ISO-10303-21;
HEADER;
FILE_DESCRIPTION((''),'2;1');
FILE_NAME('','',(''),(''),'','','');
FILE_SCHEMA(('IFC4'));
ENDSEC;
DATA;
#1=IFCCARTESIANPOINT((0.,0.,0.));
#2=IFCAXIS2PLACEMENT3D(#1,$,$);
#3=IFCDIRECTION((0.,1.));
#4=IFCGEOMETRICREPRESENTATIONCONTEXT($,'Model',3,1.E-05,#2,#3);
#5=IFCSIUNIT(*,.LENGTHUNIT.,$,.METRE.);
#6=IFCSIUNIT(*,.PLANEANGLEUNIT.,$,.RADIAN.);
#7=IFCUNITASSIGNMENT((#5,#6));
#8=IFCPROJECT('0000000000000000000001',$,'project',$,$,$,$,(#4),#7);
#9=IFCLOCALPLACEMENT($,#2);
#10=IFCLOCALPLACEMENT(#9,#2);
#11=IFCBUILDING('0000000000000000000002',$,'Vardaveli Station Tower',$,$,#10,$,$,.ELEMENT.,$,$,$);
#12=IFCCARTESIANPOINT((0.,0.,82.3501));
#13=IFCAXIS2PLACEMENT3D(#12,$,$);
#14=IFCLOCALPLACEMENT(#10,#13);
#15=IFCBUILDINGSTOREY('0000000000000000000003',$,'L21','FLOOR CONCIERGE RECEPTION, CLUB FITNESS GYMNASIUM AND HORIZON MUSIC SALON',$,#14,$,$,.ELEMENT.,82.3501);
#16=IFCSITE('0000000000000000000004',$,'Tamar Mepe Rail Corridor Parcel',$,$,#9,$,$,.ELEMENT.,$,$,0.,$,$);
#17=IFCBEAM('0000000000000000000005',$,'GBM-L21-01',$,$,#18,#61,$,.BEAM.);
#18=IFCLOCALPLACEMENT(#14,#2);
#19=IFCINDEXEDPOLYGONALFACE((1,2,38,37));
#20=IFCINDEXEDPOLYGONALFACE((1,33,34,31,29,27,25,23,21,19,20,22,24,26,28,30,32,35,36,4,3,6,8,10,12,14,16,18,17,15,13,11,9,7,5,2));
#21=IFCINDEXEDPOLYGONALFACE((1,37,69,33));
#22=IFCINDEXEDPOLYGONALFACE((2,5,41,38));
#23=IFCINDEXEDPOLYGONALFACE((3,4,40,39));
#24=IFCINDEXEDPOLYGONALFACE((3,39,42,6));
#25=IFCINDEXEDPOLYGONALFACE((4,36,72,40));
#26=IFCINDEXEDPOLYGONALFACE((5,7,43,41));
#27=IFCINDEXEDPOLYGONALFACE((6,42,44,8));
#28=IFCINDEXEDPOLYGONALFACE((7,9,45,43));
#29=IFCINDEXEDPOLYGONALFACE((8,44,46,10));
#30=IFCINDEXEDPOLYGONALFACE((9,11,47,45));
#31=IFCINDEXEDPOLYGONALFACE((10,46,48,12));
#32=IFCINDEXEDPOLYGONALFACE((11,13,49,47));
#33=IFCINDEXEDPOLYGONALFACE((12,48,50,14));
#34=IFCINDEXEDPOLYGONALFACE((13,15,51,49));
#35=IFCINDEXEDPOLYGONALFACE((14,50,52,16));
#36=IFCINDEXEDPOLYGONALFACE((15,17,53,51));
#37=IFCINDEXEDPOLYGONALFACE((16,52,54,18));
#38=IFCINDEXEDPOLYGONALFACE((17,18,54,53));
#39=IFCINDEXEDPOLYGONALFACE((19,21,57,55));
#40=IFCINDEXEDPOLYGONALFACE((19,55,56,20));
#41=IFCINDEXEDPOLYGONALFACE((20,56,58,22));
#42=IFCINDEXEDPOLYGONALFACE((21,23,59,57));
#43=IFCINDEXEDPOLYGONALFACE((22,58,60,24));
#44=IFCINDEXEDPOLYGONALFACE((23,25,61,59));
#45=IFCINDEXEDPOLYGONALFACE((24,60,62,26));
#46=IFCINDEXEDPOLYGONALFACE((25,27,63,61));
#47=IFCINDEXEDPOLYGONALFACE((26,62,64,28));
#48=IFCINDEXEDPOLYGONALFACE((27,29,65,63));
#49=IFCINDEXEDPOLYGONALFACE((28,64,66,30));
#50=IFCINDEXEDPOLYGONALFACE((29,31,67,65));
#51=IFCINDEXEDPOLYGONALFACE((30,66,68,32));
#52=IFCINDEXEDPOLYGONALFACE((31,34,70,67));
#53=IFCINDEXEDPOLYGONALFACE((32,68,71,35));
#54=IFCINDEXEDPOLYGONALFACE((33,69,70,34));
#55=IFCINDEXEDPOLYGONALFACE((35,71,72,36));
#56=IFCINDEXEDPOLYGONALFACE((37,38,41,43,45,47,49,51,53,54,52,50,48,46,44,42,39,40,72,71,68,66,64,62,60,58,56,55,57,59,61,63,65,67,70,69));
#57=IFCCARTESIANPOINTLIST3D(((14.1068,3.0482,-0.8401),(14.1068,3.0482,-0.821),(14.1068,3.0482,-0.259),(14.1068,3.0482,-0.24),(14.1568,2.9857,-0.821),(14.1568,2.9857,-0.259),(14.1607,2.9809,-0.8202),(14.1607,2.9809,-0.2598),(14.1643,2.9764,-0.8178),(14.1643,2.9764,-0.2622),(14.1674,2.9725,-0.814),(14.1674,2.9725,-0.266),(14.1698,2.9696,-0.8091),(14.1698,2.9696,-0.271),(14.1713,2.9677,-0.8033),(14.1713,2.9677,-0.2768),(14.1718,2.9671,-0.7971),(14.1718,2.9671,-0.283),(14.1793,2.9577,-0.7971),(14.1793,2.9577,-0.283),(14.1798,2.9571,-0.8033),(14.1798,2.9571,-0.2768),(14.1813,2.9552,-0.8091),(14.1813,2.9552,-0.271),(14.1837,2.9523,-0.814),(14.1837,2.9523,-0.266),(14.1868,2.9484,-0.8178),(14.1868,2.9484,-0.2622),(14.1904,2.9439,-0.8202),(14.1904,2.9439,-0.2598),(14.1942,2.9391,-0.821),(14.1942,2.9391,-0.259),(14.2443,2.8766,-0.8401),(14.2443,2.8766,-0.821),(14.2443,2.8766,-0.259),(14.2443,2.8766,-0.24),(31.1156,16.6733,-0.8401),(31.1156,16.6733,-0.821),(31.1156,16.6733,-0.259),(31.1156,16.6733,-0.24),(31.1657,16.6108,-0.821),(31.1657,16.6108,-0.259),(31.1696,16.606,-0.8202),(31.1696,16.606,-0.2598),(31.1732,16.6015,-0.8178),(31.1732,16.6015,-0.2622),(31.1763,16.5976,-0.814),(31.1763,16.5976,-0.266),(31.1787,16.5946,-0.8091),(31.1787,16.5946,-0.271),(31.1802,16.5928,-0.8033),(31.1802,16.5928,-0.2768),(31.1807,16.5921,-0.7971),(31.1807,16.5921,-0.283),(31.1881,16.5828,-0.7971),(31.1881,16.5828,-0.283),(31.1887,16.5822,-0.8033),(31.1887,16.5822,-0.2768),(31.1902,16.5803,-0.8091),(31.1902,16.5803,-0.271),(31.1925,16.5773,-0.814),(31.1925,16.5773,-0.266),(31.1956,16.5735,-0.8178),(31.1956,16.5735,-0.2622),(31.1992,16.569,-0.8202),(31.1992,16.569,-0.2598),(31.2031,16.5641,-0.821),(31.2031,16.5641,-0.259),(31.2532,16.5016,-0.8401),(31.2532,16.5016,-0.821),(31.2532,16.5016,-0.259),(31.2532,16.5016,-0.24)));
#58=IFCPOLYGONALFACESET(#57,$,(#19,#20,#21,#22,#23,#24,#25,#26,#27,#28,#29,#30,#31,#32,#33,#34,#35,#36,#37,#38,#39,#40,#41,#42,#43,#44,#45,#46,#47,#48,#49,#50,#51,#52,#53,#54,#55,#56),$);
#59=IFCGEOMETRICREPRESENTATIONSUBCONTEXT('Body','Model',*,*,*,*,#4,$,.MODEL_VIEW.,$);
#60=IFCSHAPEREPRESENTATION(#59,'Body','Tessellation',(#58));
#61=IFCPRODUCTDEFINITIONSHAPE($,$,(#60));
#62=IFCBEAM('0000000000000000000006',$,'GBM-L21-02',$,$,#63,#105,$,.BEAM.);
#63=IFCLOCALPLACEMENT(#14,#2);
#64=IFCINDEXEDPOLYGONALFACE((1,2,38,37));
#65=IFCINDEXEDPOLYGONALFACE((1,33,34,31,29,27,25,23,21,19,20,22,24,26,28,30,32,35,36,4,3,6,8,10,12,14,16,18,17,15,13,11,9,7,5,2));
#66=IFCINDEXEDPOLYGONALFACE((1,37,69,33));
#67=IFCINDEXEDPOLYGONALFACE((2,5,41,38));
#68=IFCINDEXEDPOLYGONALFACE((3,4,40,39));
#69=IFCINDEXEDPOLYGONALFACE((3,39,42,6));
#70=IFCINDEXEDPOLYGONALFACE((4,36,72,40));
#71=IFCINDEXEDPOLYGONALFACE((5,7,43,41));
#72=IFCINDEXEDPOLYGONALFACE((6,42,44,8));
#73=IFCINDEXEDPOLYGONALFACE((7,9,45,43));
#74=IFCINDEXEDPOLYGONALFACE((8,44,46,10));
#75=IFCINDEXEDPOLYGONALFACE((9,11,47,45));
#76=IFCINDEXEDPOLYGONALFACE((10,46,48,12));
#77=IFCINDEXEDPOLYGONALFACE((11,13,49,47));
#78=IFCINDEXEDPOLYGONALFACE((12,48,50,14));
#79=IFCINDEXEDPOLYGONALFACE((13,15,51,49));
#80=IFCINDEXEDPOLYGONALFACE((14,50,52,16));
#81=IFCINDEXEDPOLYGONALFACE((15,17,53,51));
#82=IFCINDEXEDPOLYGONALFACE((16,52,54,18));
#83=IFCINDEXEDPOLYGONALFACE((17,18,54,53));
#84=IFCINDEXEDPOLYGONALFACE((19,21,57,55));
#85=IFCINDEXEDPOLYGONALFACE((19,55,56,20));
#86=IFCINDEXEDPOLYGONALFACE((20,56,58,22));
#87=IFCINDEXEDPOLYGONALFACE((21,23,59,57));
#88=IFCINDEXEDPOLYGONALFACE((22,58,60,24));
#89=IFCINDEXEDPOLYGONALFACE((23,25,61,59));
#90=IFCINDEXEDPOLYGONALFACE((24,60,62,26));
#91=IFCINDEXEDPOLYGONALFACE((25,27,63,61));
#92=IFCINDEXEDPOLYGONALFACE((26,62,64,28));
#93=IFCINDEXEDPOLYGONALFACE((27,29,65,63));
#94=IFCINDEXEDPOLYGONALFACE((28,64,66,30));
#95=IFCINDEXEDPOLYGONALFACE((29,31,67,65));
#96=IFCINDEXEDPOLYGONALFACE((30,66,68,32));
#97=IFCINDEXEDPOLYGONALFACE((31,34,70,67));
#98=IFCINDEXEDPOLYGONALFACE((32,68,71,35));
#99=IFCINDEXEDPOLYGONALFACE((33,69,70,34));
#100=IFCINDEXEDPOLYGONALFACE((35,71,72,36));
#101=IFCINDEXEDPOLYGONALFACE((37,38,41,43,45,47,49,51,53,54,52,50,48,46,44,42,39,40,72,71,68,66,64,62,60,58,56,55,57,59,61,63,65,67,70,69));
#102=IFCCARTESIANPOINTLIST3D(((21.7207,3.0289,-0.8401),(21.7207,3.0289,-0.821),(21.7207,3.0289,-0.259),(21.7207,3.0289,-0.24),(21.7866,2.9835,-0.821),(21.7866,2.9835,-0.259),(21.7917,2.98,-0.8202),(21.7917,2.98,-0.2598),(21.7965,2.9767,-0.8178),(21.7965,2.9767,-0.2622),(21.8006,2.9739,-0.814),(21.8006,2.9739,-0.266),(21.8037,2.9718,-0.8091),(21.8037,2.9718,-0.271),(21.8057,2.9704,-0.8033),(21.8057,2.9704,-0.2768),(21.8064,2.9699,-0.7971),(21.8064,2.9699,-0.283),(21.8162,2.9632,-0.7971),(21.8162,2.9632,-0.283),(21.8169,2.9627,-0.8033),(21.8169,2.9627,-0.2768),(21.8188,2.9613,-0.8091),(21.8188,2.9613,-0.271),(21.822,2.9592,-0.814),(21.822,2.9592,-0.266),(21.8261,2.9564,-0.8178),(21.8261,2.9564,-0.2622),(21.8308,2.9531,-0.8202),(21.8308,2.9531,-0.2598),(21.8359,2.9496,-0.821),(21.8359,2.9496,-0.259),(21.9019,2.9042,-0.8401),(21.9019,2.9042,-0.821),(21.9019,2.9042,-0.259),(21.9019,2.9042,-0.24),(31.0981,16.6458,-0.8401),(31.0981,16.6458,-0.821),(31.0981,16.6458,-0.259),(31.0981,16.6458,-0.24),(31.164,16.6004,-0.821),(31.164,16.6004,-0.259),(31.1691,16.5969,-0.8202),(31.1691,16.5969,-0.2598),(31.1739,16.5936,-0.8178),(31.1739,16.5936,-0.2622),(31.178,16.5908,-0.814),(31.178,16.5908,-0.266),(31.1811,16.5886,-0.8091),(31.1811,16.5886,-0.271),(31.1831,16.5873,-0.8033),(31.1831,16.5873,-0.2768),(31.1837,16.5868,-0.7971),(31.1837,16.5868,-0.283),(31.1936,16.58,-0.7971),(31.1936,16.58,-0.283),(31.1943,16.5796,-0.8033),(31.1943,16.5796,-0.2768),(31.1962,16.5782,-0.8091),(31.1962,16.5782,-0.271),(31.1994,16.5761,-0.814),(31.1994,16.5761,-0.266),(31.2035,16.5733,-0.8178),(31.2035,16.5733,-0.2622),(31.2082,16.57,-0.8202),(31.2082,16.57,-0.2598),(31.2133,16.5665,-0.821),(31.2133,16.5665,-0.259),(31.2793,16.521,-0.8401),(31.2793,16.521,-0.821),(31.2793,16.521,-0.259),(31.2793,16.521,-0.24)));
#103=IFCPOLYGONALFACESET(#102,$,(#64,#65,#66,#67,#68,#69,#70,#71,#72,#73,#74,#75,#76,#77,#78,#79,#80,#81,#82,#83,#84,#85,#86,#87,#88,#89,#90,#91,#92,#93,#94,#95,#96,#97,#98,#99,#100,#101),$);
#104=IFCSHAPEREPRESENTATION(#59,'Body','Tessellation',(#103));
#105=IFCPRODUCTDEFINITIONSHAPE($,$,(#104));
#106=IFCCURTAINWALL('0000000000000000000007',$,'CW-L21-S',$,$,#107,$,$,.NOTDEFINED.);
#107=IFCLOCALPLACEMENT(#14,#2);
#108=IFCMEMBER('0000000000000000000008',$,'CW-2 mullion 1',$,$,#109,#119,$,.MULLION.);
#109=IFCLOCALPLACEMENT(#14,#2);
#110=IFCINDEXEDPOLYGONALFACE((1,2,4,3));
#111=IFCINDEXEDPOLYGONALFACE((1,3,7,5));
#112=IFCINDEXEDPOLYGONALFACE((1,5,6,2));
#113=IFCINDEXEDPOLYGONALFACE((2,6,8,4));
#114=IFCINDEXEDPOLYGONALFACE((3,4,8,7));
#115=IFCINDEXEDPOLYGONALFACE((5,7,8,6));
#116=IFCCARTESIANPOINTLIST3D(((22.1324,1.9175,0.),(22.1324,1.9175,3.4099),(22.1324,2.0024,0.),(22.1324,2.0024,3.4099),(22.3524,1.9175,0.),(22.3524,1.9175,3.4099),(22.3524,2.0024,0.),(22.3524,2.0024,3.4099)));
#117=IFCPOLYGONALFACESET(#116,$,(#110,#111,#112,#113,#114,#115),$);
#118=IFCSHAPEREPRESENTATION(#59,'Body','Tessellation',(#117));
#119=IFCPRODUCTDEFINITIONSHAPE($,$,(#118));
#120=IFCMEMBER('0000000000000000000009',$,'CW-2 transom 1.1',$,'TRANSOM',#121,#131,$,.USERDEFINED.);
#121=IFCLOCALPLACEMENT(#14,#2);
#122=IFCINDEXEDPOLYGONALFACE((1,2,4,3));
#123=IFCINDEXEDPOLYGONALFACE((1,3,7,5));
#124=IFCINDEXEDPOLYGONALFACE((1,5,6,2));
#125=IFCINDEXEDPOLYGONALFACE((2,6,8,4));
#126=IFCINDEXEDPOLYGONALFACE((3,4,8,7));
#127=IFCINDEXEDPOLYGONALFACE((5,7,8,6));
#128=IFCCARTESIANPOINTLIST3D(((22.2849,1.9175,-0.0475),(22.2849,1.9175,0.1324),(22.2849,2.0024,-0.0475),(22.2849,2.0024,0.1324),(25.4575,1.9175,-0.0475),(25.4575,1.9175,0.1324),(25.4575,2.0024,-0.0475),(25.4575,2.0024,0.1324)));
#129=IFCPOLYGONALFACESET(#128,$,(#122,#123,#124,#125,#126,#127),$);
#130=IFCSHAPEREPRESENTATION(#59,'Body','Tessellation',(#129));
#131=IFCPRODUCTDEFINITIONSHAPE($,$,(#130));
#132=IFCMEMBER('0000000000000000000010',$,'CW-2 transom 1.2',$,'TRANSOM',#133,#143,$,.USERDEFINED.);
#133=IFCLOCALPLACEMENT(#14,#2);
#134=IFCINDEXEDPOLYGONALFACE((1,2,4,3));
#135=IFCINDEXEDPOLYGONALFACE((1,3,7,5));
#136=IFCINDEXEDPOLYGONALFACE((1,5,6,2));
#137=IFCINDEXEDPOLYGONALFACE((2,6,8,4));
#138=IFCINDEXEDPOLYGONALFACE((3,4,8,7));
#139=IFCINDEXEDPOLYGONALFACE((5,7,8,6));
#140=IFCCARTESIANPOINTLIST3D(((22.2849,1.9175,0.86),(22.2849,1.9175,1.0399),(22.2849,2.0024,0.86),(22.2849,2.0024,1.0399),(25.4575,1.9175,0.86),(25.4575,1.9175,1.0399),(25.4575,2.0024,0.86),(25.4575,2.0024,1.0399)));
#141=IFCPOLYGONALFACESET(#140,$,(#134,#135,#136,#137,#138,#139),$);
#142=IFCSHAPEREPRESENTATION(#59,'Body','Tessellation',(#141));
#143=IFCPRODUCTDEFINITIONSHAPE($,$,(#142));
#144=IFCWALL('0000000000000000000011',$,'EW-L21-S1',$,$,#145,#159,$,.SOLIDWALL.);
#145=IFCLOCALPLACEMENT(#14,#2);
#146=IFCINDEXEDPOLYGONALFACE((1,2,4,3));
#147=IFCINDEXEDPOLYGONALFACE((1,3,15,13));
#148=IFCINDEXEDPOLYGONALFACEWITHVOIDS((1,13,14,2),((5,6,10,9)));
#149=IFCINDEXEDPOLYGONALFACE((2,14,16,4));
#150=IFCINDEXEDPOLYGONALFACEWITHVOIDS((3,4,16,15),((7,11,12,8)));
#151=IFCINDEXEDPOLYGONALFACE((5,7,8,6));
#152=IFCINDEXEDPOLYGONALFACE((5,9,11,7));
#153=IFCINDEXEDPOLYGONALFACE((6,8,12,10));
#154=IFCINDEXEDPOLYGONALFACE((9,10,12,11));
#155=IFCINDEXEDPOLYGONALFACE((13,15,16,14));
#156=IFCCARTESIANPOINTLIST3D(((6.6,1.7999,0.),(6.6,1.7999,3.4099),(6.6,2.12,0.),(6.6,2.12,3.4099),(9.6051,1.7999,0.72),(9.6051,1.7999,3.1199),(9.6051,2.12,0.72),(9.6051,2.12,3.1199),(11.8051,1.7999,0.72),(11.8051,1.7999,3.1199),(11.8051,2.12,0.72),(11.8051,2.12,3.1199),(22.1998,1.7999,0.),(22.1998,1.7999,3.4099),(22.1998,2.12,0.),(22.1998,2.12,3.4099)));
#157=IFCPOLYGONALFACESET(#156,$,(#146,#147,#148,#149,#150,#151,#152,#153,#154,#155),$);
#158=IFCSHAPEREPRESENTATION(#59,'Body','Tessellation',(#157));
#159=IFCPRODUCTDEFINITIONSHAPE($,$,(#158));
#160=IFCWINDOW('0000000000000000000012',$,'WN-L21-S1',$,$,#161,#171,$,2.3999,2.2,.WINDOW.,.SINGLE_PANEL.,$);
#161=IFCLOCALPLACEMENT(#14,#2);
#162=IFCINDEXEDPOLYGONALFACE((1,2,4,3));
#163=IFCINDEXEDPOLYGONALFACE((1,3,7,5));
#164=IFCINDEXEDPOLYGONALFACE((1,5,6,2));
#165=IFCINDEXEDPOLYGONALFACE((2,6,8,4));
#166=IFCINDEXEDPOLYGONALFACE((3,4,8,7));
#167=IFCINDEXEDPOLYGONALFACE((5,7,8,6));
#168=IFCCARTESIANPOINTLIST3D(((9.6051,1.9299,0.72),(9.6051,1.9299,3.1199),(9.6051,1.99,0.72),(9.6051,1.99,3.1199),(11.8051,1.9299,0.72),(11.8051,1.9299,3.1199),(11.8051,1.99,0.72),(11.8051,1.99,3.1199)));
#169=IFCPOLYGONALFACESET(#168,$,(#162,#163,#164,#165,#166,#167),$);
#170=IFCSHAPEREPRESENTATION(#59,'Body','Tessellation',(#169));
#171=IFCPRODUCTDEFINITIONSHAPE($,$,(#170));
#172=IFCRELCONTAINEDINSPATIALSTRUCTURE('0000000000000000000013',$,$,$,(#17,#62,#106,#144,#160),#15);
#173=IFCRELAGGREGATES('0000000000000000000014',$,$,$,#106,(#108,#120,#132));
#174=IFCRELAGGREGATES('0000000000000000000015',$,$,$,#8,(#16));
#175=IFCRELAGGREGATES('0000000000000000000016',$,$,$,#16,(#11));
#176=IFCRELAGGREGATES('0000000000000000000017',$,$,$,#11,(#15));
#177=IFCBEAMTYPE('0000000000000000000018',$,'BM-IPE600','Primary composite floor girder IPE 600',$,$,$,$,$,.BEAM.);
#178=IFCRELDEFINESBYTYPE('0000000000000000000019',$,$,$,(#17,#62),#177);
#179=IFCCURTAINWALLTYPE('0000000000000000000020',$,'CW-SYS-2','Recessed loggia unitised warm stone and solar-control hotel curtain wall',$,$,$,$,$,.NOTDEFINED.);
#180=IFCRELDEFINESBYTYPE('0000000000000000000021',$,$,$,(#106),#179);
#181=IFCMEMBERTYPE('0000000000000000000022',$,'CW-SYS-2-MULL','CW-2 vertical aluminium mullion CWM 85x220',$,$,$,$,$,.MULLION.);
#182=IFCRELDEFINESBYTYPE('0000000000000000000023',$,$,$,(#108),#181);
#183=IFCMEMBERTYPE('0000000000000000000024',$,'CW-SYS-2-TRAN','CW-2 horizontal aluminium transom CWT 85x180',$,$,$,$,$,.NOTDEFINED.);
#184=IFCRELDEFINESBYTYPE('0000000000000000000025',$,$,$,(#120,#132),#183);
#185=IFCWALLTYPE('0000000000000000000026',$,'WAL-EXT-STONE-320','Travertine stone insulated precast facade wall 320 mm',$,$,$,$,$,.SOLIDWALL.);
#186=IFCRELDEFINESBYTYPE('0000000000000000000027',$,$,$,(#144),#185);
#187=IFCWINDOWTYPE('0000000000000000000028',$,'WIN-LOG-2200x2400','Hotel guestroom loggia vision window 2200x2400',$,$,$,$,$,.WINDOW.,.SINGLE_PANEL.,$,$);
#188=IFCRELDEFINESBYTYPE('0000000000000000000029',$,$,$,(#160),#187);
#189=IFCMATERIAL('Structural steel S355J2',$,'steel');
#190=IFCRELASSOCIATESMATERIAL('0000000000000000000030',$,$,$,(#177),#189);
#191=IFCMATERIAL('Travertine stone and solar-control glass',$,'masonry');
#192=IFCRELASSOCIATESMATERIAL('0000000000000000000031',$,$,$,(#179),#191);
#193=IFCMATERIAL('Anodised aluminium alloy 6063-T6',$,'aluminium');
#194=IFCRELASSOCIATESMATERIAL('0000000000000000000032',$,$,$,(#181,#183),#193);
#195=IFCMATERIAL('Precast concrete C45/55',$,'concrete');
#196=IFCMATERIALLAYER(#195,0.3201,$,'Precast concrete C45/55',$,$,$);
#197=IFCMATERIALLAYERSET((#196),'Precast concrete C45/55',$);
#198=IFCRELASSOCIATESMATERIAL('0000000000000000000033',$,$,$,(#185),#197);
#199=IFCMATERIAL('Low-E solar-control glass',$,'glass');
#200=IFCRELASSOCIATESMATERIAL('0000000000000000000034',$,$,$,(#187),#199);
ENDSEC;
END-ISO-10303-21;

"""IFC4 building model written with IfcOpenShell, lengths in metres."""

from ifc_helpers import new_model, si_unit, direction, frame, frame_2d, origin, origin_2d, place, context, subcontext, project, spatial, rectangle, i_section, extrude, source, transform, mapped, material, layer, layer_set, material_profile, profile_set, type_object, element, fill, aggregate, save


model = new_model("IFC4")

# Units and contexts
model_context = context("Model", 3, precision=1e-05, world=origin(), true_north=direction((0.0, 1.0)))
body_context = subcontext(model_context, "Body", "Model", "MODEL_VIEW")
ifc_project = project(units=[si_unit("LENGTHUNIT", "METRE"), si_unit("PLANEANGLEUNIT", "RADIAN")], contexts=[model_context])

# Site, building, storey
site_placement = place(None, origin())
site = spatial("IfcSite", under=ifc_project, at=site_placement, Name="Tamar Mepe Rail Corridor Parcel", CompositionType="ELEMENT", RefElevation=0.0)
building_placement = place(site_placement, origin())
building = spatial("IfcBuilding", under=site, at=building_placement, Name="Vardaveli Station Tower", CompositionType="ELEMENT")
storey_placement = place(building_placement, frame((0.0, 0.0, 82.3501)))
storey = spatial("IfcBuildingStorey", under=building, at=storey_placement, Name="L21", Description="FLOOR CONCIERGE RECEPTION, CLUB FITNESS GYMNASIUM AND HORIZON MUSIC SALON", CompositionType="ELEMENT", Elevation=82.3501)

# Beams
ifc_material_1 = material(Name="Precast concrete C45/55", Category="concrete")
ifc_material_2 = material(Name="Structural steel S355J2", Category="steel")
ifc_material_profile_1 = material_profile(ifc_material_2, i_section(OverallWidth=0.22, OverallDepth=0.6001, WebThickness=0.012, FlangeThickness=0.019, FilletRadius=0.0239, at=origin_2d()), Name="IPE 600")
ifc_profile_set_1 = profile_set([ifc_material_profile_1], Name="Structural steel S355J2")
beam_type_1 = type_object("IfcBeamType", Name="BM-IPE600", Description="Primary composite floor girder IPE 600", PredefinedType="BEAM", material=ifc_profile_set_1)
shared_shape_1 = source(origin(), body_context, "Body", "SweptSolid", [
    extrude(i_section(OverallWidth=0.22, OverallDepth=0.6001, WebThickness=0.012, FlangeThickness=0.019, FilletRadius=0.0239, at=origin_2d()), origin(), (0.0, 0.0, 1.0), 21.7932),
])
beam_1_placement = place(storey_placement, frame((14.1755, 2.9624, -0.54), z_axis=(0.780466, 0.625198, 0.0), x_axis=(-0.625198, 0.780466, 0.0)))
element("IfcBeam", 1, at=beam_1_placement, inside=storey, type_object=beam_type_1, Name="GBM-L21-01", PredefinedType="BEAM", context=body_context, shape_type="MappedRepresentation", body=[
    mapped(shared_shape_1, transform((0.0, 0.0, 0.0), scale=1.0)),
])
shared_shape_2 = source(origin(), body_context, "Body", "SweptSolid", [
    extrude(i_section(OverallWidth=0.22, OverallDepth=0.6001, WebThickness=0.012, FlangeThickness=0.019, FilletRadius=0.0239, at=origin_2d()), origin(), (0.0, 0.0, 1.0), 16.5334),
])
beam_2_placement = place(storey_placement, frame((21.8113, 2.9666, -0.54), z_axis=(0.567177, 0.823596, 0.0), x_axis=(-0.823596, 0.567177, 0.0)))
element("IfcBeam", 2, at=beam_2_placement, inside=storey, type_object=beam_type_1, Name="GBM-L21-02", PredefinedType="BEAM", context=body_context, shape_type="MappedRepresentation", body=[
    mapped(shared_shape_2, transform((0.0, 0.0, 0.0), scale=1.0)),
])

# Curtain wall, members
ifc_material_3 = material(Name="Travertine stone and solar-control glass", Category="masonry")
curtain_wall_type = type_object("IfcCurtainWallType", Name="CW-SYS-2", Description="Recessed loggia unitised warm stone and solar-control hotel curtain wall", PredefinedType="NOTDEFINED", material=ifc_material_3)
curtain_wall_placement = place(storey_placement, origin())
curtain_wall = element("IfcCurtainWall", 3, at=curtain_wall_placement, inside=storey, type_object=curtain_wall_type, Name="CW-L21-S", PredefinedType="NOTDEFINED")
ifc_material_4 = material(Name="Anodised aluminium alloy 6063-T6", Category="aluminium")
ifc_material_profile_2 = material_profile(ifc_material_4, rectangle(XDim=0.085, YDim=0.22, at=origin_2d()), Name="CWM 85x220")
ifc_profile_set_2 = profile_set([ifc_material_profile_2], Name="Anodised aluminium alloy 6063-T6")
member_type_1 = type_object("IfcMemberType", Name="CW-SYS-2-MULL", Description="CW-2 vertical aluminium mullion CWM 85x220", PredefinedType="MULLION", material=ifc_profile_set_2)
shared_shape_3 = source(origin(), body_context, "Body", "SweptSolid", [
    extrude(rectangle(XDim=0.085, YDim=0.22, at=origin_2d()), origin(), (0.0, 0.0, 1.0), 3.4099),
])
member_1_placement = place(storey_placement, frame((22.2424, 1.96, 0.0), z_axis=(0.0, 0.0, 1.0), x_axis=(0.0, 1.0, 0.0)))
member_1 = element("IfcMember", 4, at=member_1_placement, type_object=member_type_1, Name="CW-2 mullion 1", PredefinedType="MULLION", context=body_context, shape_type="MappedRepresentation", body=[
    mapped(shared_shape_3, transform((0.0, 0.0, 0.0), scale=1.0)),
])
ifc_material_profile_3 = material_profile(ifc_material_4, rectangle(XDim=0.085, YDim=0.1799, at=origin_2d()), Name="CWT 85x180")
ifc_profile_set_3 = profile_set([ifc_material_profile_3], Name="Anodised aluminium alloy 6063-T6")
member_type_2 = type_object("IfcMemberType", Name="CW-SYS-2-TRAN", Description="CW-2 horizontal aluminium transom CWT 85x180", PredefinedType="NOTDEFINED", material=ifc_profile_set_3)
shared_shape_4 = source(origin(), body_context, "Body", "SweptSolid", [
    extrude(rectangle(XDim=0.085, YDim=0.1799, at=origin_2d()), origin(), (0.0, 0.0, 1.0), 3.1726),
])
member_2_placement = place(storey_placement, frame((22.2849, 1.96, 0.0425), z_axis=(1.0, 0.0, 0.0), x_axis=(0.0, 1.0, 0.0)))
member_2 = element("IfcMember", 5, at=member_2_placement, type_object=member_type_2, Name="CW-2 transom 1.1", ObjectType="TRANSOM", PredefinedType="USERDEFINED", context=body_context, shape_type="MappedRepresentation", body=[
    mapped(shared_shape_4, transform((0.0, 0.0, 0.0), scale=1.0)),
])
member_3_placement = place(storey_placement, frame((22.2849, 1.96, 0.95), z_axis=(1.0, 0.0, 0.0), x_axis=(0.0, 1.0, 0.0)))
member_3 = element("IfcMember", 6, at=member_3_placement, type_object=member_type_2, Name="CW-2 transom 1.2", ObjectType="TRANSOM", PredefinedType="USERDEFINED", context=body_context, shape_type="MappedRepresentation", body=[
    mapped(shared_shape_4, transform((0.0, 0.0, 0.0), scale=1.0)),
])
aggregate(curtain_wall, [member_1, member_2, member_3])

# Wall, opening, window
ifc_layer_1 = layer(ifc_material_1, 0.3201, Name="Precast concrete C45/55")
ifc_layer_set_1 = layer_set([ifc_layer_1], Name="Precast concrete C45/55")
wall_type_1 = type_object("IfcWallType", Name="WAL-EXT-STONE-320", Description="Travertine stone insulated precast facade wall 320 mm", PredefinedType="SOLIDWALL", material=ifc_layer_set_1)
shared_shape_5 = source(origin(), body_context, "Body", "SweptSolid", [
    extrude(rectangle(XDim=15.5999, YDim=0.3201, at=frame_2d((7.7998, 0.0))), origin(), (0.0, 0.0, 1.0), 3.4099),
])
wall_1_placement = place(storey_placement, frame((6.6001, 1.96, 0.0), z_axis=(0.0, 0.0, 1.0), x_axis=(1.0, 0.0, 0.0)))
wall_1 = element("IfcWall", 7, at=wall_1_placement, inside=storey, type_object=wall_type_1, Name="EW-L21-S1", PredefinedType="SOLIDWALL", context=body_context, shape_type="MappedRepresentation", body=[
    mapped(shared_shape_5, transform((0.0, 0.0, 0.0), scale=1.0)),
])
shared_shape_6 = source(origin(), body_context, "Body", "SweptSolid", [
    extrude(rectangle(XDim=2.2, YDim=2.3999, at=frame_2d((1.1001, 1.2))), frame((0.0, 0.1699, 0.0), z_axis=(0.0, -1.0, 0.0), x_axis=(1.0, 0.0, 0.0)), (0.0, 0.0, 1.0), 0.3401),
])
opening_1_placement = place(wall_1_placement, frame((3.0049, 0.0, 0.72)))
opening_1 = element("IfcOpeningElement", 8, at=opening_1_placement, cuts=wall_1, PredefinedType="OPENING", context=body_context, shape_type="MappedRepresentation", body=[
    mapped(shared_shape_6, transform((0.0, 0.0, 0.0), scale=1.0)),
])
ifc_material_5 = material(Name="Low-E solar-control glass", Category="glass")
window_type = type_object("IfcWindowType", Name="WIN-LOG-2200x2400", Description="Hotel guestroom loggia vision window 2200x2400", PartitioningType="SINGLE_PANEL", PredefinedType="WINDOW", material=ifc_material_5)
shared_shape_7 = source(origin(), body_context, "Body", "SweptSolid", [
    extrude(rectangle(XDim=2.2, YDim=2.3999, at=frame_2d((1.1001, 1.2))), frame((0.0, 0.03, 0.0), z_axis=(0.0, -1.0, 0.0), x_axis=(1.0, 0.0, 0.0)), (0.0, 0.0, 1.0), 0.0601),
])
window_placement = place(opening_1_placement, origin())
window = element("IfcWindow", 9, at=window_placement, inside=storey, type_object=window_type, Name="WN-L21-S1", OverallHeight=2.3999, OverallWidth=2.2, PartitioningType="SINGLE_PANEL", PredefinedType="WINDOW", context=body_context, shape_type="MappedRepresentation", body=[
    mapped(shared_shape_7, transform((0.0, 0.0, 0.0), scale=1.0)),
])
fill(opening_1, window)

save(model, "model.ifc")
